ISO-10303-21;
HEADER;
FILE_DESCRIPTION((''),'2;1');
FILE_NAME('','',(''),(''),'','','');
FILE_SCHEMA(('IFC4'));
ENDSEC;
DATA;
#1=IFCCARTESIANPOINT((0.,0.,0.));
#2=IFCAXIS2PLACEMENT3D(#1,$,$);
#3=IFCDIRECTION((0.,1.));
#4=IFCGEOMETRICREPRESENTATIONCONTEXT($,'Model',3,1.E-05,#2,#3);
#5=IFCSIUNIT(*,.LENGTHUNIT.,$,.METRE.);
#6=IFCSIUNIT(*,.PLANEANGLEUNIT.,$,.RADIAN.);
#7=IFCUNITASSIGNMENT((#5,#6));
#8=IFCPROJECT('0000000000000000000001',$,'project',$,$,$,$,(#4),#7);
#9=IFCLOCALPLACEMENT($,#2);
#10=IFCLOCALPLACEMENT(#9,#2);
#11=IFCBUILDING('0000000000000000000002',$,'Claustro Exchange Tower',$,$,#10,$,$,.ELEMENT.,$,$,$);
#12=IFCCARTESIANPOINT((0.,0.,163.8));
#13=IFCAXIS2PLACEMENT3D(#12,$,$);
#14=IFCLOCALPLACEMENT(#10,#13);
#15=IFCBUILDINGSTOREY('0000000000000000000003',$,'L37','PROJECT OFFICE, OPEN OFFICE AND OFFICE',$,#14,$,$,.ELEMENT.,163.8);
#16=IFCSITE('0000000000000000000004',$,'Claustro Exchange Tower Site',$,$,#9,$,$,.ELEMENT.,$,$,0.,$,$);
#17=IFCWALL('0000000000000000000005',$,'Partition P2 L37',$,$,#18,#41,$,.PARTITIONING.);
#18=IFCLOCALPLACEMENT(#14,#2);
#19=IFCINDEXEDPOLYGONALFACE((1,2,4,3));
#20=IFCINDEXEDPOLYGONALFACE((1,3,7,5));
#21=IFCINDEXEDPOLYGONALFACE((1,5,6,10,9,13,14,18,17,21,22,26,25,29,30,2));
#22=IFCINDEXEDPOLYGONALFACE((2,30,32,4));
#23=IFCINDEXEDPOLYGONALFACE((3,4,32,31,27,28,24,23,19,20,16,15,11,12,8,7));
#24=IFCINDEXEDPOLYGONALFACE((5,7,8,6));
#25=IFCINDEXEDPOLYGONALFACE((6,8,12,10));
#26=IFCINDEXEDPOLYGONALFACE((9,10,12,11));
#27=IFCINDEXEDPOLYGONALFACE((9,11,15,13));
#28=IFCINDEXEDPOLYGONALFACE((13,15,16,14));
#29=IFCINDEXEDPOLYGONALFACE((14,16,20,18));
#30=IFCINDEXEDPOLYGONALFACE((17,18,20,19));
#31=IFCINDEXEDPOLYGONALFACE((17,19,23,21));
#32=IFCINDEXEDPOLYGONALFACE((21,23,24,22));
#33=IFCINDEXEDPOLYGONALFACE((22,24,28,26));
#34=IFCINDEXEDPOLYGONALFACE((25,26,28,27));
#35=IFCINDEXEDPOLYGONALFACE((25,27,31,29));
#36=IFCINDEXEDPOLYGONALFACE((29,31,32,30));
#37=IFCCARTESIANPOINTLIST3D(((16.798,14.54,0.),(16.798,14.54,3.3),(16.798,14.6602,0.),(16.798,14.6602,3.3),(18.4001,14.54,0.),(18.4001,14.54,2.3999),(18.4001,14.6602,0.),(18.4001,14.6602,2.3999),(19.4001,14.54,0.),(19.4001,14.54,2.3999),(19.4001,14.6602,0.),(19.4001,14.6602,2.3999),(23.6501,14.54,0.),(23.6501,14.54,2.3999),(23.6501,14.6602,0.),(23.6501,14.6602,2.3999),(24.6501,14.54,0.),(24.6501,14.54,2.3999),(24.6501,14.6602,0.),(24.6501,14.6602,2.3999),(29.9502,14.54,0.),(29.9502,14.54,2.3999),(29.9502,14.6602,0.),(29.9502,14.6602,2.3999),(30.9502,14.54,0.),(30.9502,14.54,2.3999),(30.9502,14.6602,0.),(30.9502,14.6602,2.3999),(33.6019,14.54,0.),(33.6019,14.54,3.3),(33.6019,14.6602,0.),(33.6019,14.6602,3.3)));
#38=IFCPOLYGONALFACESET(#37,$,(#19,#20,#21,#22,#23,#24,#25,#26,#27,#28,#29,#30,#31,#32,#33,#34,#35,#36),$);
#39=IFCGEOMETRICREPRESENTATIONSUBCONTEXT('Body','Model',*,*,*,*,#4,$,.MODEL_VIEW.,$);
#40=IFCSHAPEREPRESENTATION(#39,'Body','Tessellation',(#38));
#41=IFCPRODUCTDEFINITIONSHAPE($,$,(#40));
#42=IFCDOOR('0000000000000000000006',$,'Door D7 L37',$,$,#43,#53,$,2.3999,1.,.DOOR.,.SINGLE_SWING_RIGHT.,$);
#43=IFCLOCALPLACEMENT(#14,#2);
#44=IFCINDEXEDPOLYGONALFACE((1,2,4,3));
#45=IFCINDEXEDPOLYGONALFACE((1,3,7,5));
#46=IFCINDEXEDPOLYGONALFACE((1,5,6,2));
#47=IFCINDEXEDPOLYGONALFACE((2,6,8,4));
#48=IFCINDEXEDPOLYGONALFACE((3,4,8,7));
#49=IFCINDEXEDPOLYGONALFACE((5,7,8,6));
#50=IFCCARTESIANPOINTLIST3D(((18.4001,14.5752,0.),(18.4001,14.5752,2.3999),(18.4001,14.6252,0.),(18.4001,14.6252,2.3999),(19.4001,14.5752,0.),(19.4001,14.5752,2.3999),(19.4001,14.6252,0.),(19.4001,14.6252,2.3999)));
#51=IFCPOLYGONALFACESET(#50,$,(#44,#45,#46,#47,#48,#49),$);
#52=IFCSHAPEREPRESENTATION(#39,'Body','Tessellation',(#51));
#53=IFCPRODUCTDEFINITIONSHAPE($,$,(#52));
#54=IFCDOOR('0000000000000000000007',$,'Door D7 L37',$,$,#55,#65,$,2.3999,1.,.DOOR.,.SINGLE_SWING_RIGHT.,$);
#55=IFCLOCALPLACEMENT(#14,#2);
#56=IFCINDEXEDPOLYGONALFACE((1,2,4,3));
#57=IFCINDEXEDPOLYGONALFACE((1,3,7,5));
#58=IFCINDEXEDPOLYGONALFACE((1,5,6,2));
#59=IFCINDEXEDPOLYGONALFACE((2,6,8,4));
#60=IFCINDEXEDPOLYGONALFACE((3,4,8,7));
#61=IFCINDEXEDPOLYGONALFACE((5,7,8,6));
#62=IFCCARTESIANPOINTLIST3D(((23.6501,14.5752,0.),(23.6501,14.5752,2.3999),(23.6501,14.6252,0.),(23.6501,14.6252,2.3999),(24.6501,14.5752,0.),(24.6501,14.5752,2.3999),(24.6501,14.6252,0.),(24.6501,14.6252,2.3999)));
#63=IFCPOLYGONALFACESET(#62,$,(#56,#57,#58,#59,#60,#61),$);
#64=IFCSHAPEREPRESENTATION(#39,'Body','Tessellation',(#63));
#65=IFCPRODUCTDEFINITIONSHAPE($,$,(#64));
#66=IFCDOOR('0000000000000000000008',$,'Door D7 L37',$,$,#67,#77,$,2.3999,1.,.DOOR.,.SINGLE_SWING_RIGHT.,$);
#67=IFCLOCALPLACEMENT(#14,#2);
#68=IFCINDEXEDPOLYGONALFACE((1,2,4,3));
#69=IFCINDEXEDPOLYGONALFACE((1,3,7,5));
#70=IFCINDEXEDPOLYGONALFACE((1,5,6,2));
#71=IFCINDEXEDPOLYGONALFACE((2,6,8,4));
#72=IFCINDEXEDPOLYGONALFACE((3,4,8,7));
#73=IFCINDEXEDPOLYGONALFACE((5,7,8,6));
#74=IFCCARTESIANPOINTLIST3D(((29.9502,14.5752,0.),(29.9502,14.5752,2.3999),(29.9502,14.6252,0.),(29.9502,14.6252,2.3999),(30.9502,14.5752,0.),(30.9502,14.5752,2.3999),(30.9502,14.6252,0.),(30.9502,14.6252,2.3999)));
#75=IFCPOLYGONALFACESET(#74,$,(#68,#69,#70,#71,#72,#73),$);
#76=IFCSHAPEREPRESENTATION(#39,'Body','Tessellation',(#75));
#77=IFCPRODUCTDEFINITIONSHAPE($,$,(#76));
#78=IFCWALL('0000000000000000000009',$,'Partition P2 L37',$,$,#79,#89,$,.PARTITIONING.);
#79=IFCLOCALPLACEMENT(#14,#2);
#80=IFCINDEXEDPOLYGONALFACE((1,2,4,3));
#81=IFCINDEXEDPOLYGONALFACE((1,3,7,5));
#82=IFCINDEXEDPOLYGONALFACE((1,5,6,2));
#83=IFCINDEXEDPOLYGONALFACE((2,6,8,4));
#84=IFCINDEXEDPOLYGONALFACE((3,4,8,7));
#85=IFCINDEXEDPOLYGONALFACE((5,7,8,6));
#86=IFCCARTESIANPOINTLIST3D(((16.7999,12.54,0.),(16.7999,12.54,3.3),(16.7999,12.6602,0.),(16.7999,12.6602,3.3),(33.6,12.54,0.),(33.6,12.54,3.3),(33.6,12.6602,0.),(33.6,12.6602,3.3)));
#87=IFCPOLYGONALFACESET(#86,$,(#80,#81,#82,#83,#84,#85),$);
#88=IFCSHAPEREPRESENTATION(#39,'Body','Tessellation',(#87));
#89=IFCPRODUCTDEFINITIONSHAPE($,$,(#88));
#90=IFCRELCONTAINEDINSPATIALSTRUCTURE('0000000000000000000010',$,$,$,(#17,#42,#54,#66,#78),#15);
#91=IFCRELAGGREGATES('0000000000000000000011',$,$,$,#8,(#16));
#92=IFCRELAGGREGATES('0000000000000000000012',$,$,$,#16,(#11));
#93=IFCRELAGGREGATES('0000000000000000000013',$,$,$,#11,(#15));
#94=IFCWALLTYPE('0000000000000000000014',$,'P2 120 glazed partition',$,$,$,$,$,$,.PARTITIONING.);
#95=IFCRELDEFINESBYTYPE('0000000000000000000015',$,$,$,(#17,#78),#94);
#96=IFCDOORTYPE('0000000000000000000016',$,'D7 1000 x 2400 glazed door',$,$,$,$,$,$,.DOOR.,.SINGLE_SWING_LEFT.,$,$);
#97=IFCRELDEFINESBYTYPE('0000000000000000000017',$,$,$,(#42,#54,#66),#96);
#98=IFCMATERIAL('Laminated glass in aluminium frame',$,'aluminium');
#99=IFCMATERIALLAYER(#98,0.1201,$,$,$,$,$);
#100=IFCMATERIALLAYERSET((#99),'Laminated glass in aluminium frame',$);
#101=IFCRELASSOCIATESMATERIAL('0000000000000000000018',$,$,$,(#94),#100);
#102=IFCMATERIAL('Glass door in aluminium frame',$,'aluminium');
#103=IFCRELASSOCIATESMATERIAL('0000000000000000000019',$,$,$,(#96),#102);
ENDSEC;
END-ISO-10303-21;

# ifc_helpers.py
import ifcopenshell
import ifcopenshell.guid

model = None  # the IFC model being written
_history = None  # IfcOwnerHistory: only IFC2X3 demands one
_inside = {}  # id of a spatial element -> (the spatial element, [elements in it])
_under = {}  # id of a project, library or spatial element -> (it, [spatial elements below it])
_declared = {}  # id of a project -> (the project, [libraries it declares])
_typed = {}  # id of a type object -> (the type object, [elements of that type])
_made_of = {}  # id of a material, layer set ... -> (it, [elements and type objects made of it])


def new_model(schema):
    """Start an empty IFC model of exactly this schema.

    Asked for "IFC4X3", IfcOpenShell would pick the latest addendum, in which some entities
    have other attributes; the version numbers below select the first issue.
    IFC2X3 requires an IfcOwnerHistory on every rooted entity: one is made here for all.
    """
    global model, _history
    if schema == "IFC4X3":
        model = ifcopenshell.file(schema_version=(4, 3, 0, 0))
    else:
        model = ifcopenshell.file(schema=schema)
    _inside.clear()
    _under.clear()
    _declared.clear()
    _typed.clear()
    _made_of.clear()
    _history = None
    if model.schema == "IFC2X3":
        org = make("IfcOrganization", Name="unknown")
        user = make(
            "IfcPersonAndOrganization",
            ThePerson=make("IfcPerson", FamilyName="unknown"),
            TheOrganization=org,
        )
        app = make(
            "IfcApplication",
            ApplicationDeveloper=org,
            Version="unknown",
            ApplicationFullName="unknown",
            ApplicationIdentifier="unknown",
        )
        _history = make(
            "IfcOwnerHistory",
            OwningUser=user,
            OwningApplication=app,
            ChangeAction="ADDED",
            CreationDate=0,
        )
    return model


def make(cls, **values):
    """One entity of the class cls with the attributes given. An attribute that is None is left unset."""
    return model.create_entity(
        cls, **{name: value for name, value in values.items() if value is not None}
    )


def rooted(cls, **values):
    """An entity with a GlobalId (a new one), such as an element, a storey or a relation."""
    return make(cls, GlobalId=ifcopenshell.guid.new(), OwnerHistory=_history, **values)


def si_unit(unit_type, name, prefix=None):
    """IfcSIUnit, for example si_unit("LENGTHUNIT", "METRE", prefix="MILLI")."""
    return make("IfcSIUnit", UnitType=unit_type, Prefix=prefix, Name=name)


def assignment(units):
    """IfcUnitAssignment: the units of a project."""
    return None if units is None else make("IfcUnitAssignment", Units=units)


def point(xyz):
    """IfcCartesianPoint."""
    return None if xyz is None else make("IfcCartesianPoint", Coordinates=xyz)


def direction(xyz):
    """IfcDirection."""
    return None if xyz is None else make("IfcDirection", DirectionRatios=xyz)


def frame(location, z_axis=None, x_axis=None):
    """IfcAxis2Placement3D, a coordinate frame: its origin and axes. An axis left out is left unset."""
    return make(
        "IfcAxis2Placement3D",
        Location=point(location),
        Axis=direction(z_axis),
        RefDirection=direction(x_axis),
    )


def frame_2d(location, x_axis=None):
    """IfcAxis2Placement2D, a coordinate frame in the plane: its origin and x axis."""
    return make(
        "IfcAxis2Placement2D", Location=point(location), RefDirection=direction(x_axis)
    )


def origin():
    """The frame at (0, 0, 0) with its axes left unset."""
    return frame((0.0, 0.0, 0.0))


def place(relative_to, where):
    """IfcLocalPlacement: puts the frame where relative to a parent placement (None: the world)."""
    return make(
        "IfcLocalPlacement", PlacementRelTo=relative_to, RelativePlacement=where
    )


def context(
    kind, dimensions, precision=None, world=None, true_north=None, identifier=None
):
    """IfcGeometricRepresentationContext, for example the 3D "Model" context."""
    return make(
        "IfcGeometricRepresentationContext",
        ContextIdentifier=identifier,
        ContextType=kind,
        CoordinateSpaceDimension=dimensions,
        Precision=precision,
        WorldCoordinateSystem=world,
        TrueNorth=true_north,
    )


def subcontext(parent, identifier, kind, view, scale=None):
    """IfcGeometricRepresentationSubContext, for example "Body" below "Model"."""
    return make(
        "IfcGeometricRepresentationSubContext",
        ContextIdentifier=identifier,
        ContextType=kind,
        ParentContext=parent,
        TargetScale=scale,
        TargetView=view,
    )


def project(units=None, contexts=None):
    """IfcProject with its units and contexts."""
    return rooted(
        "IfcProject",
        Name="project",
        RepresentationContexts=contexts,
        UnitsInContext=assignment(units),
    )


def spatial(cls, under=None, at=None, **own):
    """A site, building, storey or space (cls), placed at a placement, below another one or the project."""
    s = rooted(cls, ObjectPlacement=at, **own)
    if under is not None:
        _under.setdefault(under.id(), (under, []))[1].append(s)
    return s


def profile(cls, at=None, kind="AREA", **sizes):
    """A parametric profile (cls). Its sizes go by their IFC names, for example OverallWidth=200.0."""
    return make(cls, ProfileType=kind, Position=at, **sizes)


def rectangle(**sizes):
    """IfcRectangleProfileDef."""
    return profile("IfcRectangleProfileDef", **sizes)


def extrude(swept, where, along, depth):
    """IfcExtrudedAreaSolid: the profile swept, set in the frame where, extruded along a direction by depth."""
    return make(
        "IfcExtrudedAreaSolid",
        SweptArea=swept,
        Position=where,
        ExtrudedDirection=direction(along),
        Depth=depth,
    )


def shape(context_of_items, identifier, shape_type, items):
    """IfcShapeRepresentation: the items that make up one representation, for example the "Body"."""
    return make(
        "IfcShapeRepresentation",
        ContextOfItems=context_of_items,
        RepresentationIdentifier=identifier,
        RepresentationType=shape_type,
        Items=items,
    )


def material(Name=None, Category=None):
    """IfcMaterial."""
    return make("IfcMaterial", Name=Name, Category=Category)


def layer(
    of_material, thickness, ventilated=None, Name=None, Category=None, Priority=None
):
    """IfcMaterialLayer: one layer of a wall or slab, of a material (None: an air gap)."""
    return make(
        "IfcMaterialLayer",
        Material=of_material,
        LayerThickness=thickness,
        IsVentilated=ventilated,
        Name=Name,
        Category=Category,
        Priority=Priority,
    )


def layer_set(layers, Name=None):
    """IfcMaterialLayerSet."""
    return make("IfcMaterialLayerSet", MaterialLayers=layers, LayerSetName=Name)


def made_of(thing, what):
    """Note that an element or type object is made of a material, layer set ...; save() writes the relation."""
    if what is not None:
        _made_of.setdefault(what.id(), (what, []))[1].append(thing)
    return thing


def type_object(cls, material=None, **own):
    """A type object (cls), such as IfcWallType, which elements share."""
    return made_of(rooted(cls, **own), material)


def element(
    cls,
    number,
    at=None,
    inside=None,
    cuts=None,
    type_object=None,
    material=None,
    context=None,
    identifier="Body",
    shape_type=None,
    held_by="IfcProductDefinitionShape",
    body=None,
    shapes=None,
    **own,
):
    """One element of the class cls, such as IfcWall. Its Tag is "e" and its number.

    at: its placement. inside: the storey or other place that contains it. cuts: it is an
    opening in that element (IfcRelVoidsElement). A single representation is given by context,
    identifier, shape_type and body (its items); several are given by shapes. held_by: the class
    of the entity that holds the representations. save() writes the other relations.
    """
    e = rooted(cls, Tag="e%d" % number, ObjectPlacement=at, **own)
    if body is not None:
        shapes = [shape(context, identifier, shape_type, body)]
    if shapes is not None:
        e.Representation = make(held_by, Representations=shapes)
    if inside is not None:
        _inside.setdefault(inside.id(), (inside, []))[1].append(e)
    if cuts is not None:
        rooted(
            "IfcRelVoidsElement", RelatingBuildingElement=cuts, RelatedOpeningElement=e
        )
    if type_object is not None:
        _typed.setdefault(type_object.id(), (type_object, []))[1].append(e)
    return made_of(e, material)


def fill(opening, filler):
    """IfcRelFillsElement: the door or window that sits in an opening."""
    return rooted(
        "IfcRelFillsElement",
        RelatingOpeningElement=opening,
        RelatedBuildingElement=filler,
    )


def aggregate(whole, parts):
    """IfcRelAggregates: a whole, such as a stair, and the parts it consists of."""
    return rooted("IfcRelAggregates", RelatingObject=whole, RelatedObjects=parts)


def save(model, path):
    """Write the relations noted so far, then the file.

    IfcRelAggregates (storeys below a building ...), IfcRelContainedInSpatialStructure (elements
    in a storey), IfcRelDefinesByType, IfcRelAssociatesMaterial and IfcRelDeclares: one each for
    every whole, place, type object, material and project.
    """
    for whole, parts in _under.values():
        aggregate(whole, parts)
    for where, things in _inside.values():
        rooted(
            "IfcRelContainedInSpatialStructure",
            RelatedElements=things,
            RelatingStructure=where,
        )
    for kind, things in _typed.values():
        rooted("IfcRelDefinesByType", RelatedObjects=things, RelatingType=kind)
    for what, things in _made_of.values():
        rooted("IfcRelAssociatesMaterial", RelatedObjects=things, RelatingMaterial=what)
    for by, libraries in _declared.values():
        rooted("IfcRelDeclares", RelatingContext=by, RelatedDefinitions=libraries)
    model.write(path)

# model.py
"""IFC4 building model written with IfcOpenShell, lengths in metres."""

from ifc_helpers import new_model, si_unit, direction, frame, frame_2d, origin, place, context, subcontext, project, spatial, rectangle, extrude, material, layer, layer_set, type_object, element, fill, save


model = new_model("IFC4")

# Units and contexts
model_context = context("Model", 3, precision=1e-05, world=origin(), true_north=direction((0.0, 1.0)))
body_context = subcontext(model_context, "Body", "Model", "MODEL_VIEW")
ifc_project = project(units=[si_unit("LENGTHUNIT", "METRE"), si_unit("PLANEANGLEUNIT", "RADIAN")], contexts=[model_context])

# Site, building, storey
site_placement = place(None, origin())
site = spatial("IfcSite", under=ifc_project, at=site_placement, Name="Claustro Exchange Tower Site", CompositionType="ELEMENT", RefElevation=0.0)
building_placement = place(site_placement, origin())
building = spatial("IfcBuilding", under=site, at=building_placement, Name="Claustro Exchange Tower", CompositionType="ELEMENT")
storey_placement = place(building_placement, frame((0.0, 0.0, 163.8)))
storey = spatial("IfcBuildingStorey", under=building, at=storey_placement, Name="L37", Description="PROJECT OFFICE, OPEN OFFICE AND OFFICE", CompositionType="ELEMENT", Elevation=163.8)

# Shared definitions
ifc_material_1 = material(Name="Laminated glass in aluminium frame", Category="aluminium")
ifc_layer_1 = layer(ifc_material_1, 0.1201)
ifc_layer_set_1 = layer_set([ifc_layer_1], Name="Laminated glass in aluminium frame")
wall_type_1 = type_object("IfcWallType", Name="P2 120 glazed partition", PredefinedType="PARTITIONING", material=ifc_layer_set_1)

# Wall, openings, doors
wall_1_placement = place(storey_placement, frame((16.7981, 14.6001, 0.0), z_axis=(0.0, 0.0, 1.0), x_axis=(1.0, 0.0, 0.0)))
wall_1 = element("IfcWall", 1, at=wall_1_placement, inside=storey, type_object=wall_type_1, Name="Partition P2 L37", PredefinedType="PARTITIONING", context=body_context, shape_type="SweptSolid", body=[
    extrude(rectangle(XDim=16.804, YDim=0.1201, at=frame_2d((8.4019, 0.0))), origin(), (0.0, 0.0, 1.0), 3.3),
])
opening_1_placement = place(wall_1_placement, frame((1.6021, 0.0, 0.0)))
opening_1 = element("IfcOpeningElement", 2, at=opening_1_placement, cuts=wall_1, PredefinedType="OPENING", context=body_context, shape_type="SweptSolid", body=[
    extrude(rectangle(XDim=1.0, YDim=2.3999, at=frame_2d((0.5, 1.2))), frame((0.0, 0.0701, 0.0), z_axis=(0.0, -1.0, 0.0), x_axis=(1.0, 0.0, 0.0)), (0.0, 0.0, 1.0), 0.1401),
])
opening_2_placement = place(wall_1_placement, frame((6.8521, 0.0, 0.0)))
opening_2 = element("IfcOpeningElement", 3, at=opening_2_placement, cuts=wall_1, PredefinedType="OPENING", context=body_context, shape_type="SweptSolid", body=[
    extrude(rectangle(XDim=1.0, YDim=2.3999, at=frame_2d((0.5, 1.2))), frame((0.0, 0.0701, 0.0), z_axis=(0.0, -1.0, 0.0), x_axis=(1.0, 0.0, 0.0)), (0.0, 0.0, 1.0), 0.1401),
])
opening_3_placement = place(wall_1_placement, frame((13.1521, 0.0, 0.0)))
opening_3 = element("IfcOpeningElement", 4, at=opening_3_placement, cuts=wall_1, PredefinedType="OPENING", context=body_context, shape_type="SweptSolid", body=[
    extrude(rectangle(XDim=1.0, YDim=2.3999, at=frame_2d((0.5, 1.2))), frame((0.0, 0.0701, 0.0), z_axis=(0.0, -1.0, 0.0), x_axis=(1.0, 0.0, 0.0)), (0.0, 0.0, 1.0), 0.1401),
])
ifc_material_2 = material(Name="Glass door in aluminium frame", Category="aluminium")
door_type_1 = type_object("IfcDoorType", Name="D7 1000 x 2400 glazed door", OperationType="SINGLE_SWING_LEFT", PredefinedType="DOOR", material=ifc_material_2)
door_1_placement = place(opening_1_placement, frame((1.0, 0.0, 0.0), z_axis=(0.0, 0.0, 1.0), x_axis=(-1.0, 0.0, 0.0)))
door_1 = element("IfcDoor", 5, at=door_1_placement, inside=storey, type_object=door_type_1, Name="Door D7 L37", OperationType="SINGLE_SWING_RIGHT", OverallHeight=2.3999, OverallWidth=1.0, PredefinedType="DOOR", context=body_context, shape_type="SweptSolid", body=[
    extrude(rectangle(XDim=1.0, YDim=2.3999, at=frame_2d((0.5, 1.2))), frame((0.0, 0.0249, 0.0), z_axis=(0.0, -1.0, 0.0), x_axis=(1.0, 0.0, 0.0)), (0.0, 0.0, 1.0), 0.05),
])
fill(opening_1, door_1)
door_2_placement = place(opening_2_placement, frame((1.0, 0.0, 0.0), z_axis=(0.0, 0.0, 1.0), x_axis=(-1.0, 0.0, 0.0)))
door_2 = element("IfcDoor", 6, at=door_2_placement, inside=storey, type_object=door_type_1, Name="Door D7 L37", OperationType="SINGLE_SWING_RIGHT", OverallHeight=2.3999, OverallWidth=1.0, PredefinedType="DOOR", context=body_context, shape_type="SweptSolid", body=[
    extrude(rectangle(XDim=1.0, YDim=2.3999, at=frame_2d((0.5, 1.2))), frame((0.0, 0.0249, 0.0), z_axis=(0.0, -1.0, 0.0), x_axis=(1.0, 0.0, 0.0)), (0.0, 0.0, 1.0), 0.05),
])
fill(opening_2, door_2)
door_3_placement = place(opening_3_placement, frame((1.0, 0.0, 0.0), z_axis=(0.0, 0.0, 1.0), x_axis=(-1.0, 0.0, 0.0)))
door_3 = element("IfcDoor", 7, at=door_3_placement, inside=storey, type_object=door_type_1, Name="Door D7 L37", OperationType="SINGLE_SWING_RIGHT", OverallHeight=2.3999, OverallWidth=1.0, PredefinedType="DOOR", context=body_context, shape_type="SweptSolid", body=[
    extrude(rectangle(XDim=1.0, YDim=2.3999, at=frame_2d((0.5, 1.2))), frame((0.0, 0.0249, 0.0), z_axis=(0.0, -1.0, 0.0), x_axis=(1.0, 0.0, 0.0)), (0.0, 0.0, 1.0), 0.05),
])
fill(opening_3, door_3)

# Wall
wall_2_placement = place(storey_placement, frame((16.8, 12.6001, 0.0), z_axis=(0.0, 0.0, 1.0), x_axis=(1.0, 0.0, 0.0)))
element("IfcWall", 8, at=wall_2_placement, inside=storey, type_object=wall_type_1, Name="Partition P2 L37", PredefinedType="PARTITIONING", context=body_context, shape_type="SweptSolid", body=[
    extrude(rectangle(XDim=16.8, YDim=0.1201, at=frame_2d((8.3999, 0.0))), origin(), (0.0, 0.0, 1.0), 3.3),
])

save(model, "model.ifc")
